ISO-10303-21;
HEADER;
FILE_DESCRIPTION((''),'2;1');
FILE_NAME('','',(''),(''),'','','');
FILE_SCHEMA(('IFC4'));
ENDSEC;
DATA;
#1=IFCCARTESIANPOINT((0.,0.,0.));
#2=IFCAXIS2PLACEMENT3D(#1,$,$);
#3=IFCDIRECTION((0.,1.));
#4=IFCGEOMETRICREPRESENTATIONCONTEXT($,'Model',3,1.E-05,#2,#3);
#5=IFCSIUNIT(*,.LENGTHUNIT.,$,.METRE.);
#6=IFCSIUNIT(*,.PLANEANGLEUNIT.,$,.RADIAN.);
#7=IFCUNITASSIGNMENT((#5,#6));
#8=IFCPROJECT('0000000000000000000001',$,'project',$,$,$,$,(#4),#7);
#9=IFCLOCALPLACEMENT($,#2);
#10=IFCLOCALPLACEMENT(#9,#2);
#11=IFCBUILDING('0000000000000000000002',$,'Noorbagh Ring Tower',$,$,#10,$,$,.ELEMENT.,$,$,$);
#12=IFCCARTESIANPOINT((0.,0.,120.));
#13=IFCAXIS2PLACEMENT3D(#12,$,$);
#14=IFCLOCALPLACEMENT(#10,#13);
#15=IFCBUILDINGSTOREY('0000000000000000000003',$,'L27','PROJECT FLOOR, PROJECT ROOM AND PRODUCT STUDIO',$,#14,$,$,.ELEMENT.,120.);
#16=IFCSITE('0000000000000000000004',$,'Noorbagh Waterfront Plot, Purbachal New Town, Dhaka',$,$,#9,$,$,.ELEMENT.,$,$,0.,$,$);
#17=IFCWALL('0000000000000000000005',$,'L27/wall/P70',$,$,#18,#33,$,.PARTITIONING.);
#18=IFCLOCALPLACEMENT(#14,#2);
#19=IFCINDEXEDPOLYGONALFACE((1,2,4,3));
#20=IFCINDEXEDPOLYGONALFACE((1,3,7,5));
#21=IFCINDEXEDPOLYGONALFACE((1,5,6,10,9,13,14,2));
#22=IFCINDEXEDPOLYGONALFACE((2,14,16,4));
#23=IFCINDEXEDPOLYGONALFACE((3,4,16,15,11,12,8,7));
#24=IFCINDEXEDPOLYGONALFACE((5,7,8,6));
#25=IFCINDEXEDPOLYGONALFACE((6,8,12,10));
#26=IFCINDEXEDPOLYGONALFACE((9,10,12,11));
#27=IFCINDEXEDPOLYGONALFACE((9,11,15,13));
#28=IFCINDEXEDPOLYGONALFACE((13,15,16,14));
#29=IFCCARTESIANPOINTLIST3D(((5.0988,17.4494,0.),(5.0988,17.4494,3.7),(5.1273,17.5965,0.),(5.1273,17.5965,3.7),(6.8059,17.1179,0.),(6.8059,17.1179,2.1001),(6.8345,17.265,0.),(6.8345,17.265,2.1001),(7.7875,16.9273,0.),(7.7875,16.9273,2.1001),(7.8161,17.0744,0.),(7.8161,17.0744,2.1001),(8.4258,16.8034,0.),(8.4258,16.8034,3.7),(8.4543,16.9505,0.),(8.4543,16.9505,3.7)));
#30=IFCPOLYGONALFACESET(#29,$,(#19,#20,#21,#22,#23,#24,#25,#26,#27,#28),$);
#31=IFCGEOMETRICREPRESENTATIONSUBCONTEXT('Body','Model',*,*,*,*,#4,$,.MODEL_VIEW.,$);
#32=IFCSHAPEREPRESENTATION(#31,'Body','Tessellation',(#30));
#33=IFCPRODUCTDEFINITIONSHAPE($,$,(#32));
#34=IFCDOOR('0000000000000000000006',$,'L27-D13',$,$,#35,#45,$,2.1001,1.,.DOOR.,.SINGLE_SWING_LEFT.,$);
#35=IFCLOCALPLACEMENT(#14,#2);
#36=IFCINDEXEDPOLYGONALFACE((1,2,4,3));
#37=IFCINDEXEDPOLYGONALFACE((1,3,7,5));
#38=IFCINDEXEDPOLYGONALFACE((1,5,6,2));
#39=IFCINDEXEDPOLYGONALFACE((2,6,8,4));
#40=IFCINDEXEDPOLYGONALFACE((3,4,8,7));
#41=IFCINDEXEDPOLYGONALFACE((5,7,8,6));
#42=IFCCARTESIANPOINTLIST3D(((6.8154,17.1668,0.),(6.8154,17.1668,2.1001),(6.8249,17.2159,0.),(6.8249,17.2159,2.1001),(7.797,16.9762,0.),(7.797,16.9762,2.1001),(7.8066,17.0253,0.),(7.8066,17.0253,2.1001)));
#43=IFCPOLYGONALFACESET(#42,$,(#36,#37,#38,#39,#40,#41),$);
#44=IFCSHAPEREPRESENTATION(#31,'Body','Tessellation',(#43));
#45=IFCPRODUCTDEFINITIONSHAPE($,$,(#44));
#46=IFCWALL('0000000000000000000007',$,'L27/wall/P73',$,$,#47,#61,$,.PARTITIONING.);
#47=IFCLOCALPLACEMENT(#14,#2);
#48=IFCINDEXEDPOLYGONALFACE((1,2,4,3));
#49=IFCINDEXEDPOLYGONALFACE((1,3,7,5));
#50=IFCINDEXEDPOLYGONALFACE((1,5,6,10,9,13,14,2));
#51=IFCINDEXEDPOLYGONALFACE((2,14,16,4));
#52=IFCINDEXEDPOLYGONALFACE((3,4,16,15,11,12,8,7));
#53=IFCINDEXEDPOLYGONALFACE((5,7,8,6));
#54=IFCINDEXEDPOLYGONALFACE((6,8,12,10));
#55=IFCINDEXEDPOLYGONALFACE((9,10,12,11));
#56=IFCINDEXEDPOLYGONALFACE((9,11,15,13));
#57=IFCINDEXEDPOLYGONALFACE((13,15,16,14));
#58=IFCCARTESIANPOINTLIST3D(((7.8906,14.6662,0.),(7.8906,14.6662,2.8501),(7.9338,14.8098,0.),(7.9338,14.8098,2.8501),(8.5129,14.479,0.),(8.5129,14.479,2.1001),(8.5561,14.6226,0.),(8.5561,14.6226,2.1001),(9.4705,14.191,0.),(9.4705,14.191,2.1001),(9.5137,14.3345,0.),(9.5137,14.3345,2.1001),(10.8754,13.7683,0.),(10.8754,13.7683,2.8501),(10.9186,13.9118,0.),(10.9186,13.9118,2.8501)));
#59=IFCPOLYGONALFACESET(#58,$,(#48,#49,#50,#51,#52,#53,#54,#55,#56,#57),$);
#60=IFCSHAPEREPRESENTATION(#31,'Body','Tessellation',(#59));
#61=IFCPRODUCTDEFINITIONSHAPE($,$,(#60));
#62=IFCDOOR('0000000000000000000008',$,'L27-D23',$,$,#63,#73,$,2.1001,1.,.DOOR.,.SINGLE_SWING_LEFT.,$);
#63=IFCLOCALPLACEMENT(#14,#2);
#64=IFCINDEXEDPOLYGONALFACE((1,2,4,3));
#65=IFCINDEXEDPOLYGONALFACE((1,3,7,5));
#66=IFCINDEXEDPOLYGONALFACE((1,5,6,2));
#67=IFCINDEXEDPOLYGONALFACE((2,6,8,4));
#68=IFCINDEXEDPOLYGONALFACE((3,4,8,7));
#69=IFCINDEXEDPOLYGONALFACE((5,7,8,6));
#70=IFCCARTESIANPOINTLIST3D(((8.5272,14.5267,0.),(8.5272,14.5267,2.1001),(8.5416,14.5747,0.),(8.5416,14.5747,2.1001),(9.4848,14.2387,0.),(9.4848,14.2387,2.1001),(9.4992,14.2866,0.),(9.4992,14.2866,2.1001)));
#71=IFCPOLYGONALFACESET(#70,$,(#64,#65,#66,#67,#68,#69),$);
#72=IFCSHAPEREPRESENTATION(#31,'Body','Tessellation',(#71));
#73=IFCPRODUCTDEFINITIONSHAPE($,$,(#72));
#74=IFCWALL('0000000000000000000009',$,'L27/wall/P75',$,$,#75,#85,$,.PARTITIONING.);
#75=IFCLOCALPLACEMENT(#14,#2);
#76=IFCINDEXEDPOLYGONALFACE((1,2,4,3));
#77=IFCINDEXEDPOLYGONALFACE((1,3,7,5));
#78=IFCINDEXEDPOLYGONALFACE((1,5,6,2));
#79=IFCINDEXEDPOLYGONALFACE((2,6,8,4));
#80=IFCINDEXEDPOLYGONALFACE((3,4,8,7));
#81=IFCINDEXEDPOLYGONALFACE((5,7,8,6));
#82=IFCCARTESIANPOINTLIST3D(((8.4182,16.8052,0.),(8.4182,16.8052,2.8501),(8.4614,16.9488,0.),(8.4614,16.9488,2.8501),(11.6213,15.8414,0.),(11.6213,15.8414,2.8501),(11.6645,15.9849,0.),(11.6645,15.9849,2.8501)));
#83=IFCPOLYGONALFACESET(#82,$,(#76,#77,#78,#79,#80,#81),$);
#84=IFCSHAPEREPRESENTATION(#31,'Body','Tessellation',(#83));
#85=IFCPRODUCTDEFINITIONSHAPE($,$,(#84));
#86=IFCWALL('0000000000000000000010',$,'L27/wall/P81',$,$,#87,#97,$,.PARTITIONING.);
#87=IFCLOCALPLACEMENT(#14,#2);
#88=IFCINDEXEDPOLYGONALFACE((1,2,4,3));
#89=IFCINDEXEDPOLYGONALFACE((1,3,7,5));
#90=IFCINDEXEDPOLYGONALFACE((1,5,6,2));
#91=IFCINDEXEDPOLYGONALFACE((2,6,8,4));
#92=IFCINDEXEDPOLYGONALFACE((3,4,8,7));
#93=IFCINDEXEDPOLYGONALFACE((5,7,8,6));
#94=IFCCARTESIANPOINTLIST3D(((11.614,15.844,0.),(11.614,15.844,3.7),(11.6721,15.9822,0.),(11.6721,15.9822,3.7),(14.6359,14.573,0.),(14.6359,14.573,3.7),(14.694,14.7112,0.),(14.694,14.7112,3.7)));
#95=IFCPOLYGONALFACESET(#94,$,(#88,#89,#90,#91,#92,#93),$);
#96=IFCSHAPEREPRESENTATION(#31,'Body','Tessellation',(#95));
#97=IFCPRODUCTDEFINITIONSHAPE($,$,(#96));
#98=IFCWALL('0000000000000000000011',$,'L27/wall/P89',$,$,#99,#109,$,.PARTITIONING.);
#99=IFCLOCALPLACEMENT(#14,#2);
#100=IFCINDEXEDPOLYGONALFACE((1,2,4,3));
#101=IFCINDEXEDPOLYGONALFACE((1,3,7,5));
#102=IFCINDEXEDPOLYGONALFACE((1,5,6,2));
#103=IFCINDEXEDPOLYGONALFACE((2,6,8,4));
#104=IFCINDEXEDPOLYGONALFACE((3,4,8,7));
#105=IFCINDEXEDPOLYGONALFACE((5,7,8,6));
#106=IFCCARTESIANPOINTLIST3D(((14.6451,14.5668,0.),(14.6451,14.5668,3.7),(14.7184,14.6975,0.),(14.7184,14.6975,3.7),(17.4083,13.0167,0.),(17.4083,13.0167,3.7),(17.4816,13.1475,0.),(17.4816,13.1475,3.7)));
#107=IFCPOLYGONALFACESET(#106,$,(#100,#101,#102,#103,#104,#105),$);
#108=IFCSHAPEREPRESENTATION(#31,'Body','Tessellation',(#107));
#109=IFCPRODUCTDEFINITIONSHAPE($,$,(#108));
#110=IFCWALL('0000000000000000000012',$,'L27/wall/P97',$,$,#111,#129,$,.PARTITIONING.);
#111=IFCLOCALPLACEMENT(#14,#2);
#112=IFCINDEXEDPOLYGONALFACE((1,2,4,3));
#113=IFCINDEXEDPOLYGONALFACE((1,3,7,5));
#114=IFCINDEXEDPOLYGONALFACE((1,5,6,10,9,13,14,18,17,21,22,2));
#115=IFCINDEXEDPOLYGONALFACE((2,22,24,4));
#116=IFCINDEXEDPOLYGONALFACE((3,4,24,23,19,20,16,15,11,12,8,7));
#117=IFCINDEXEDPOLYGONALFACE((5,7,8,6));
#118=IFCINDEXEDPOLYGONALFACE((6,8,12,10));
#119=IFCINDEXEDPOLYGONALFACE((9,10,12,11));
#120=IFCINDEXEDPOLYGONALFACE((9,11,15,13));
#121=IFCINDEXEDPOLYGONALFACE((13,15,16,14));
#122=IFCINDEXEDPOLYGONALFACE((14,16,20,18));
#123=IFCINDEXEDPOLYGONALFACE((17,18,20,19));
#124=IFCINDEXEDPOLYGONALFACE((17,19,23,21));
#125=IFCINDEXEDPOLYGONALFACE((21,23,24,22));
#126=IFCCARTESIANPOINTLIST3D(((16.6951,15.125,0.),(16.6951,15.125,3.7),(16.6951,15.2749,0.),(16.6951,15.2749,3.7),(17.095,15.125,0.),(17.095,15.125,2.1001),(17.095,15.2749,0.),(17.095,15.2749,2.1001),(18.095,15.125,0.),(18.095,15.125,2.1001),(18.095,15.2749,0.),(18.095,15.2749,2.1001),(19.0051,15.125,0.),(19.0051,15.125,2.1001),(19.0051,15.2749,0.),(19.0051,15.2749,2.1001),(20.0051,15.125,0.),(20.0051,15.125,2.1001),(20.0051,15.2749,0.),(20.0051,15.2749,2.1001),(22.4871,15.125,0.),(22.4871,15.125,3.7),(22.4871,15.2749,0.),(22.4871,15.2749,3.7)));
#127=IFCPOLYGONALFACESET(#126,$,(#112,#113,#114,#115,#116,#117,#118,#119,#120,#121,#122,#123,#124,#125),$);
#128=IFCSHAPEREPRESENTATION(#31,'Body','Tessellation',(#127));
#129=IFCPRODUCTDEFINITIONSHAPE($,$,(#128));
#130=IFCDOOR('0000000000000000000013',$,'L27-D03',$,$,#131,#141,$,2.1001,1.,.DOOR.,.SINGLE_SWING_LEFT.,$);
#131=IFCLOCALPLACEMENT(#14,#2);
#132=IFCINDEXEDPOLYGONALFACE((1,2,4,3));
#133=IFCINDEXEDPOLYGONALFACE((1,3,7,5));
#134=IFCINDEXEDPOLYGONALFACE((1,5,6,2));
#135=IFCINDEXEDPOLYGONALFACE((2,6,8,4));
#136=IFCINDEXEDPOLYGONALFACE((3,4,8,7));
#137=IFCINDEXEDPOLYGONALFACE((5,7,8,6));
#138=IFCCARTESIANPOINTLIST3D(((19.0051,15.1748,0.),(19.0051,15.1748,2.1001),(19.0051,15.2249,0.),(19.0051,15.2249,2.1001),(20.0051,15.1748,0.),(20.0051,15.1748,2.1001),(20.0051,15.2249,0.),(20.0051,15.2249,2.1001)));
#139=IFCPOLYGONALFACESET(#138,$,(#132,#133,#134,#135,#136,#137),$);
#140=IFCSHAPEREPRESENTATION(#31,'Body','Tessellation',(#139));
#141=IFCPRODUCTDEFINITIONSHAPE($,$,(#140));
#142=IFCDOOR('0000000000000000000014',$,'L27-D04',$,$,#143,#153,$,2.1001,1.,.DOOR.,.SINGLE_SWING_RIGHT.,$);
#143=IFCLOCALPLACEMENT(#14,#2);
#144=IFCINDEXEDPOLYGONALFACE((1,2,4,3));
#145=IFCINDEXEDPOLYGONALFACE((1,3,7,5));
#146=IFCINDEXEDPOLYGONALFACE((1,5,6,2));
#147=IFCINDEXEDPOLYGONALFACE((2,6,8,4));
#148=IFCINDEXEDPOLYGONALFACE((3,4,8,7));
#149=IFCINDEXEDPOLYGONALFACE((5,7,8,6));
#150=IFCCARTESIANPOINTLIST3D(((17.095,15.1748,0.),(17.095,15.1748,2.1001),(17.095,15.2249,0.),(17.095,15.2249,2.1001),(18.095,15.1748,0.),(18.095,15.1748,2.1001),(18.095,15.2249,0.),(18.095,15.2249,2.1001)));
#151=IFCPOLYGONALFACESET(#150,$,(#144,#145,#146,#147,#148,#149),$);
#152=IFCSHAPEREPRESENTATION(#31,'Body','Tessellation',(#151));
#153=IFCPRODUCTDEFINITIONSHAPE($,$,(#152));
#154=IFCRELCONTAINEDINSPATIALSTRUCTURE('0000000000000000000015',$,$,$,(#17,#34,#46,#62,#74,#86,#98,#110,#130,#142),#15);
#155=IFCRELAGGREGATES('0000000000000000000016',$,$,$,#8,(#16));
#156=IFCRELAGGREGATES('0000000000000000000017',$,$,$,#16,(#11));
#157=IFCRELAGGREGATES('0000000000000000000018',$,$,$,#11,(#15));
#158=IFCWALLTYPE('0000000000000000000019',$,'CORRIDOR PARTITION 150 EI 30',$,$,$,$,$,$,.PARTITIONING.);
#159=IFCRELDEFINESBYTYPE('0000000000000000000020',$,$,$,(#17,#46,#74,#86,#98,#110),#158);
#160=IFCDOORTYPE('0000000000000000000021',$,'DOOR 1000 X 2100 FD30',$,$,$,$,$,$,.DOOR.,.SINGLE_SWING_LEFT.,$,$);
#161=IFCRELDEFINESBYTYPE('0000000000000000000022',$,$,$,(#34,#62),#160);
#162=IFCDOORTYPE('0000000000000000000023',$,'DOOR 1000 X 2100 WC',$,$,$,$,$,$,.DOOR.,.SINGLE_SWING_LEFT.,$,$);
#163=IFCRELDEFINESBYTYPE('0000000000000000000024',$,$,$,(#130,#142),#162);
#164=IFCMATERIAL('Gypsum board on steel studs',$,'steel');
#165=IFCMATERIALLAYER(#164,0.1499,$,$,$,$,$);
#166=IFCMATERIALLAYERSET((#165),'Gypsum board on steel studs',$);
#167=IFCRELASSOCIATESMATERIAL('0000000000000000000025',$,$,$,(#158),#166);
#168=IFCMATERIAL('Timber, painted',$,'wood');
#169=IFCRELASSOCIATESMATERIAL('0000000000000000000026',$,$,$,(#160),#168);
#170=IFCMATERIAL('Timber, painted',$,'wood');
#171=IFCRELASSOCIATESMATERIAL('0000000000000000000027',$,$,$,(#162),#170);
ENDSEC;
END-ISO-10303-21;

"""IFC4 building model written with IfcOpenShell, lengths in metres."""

from ifc_helpers import new_model, si_unit, direction, frame, frame_2d, origin, place, context, subcontext, project, spatial, rectangle, extrude, material, layer, layer_set, type_object, element, fill, save


model = new_model("IFC4")

# Units and contexts
model_context = context("Model", 3, precision=1e-05, world=origin(), true_north=direction((0.0, 1.0)))
body_context = subcontext(model_context, "Body", "Model", "MODEL_VIEW")
ifc_project = project(units=[si_unit("LENGTHUNIT", "METRE"), si_unit("PLANEANGLEUNIT", "RADIAN")], contexts=[model_context])

# Site, building, storey
site_placement = place(None, origin())
site = spatial("IfcSite", under=ifc_project, at=site_placement, Name="Noorbagh Waterfront Plot, Purbachal New Town, Dhaka", CompositionType="ELEMENT", RefElevation=0.0)
building_placement = place(site_placement, origin())
building = spatial("IfcBuilding", under=site, at=building_placement, Name="Noorbagh Ring Tower", CompositionType="ELEMENT")
storey_placement = place(building_placement, frame((0.0, 0.0, 120.0)))
storey = spatial("IfcBuildingStorey", under=building, at=storey_placement, Name="L27", Description="PROJECT FLOOR, PROJECT ROOM AND PRODUCT STUDIO", CompositionType="ELEMENT", Elevation=120.0)

# Shared definitions
ifc_material_1 = material(Name="Gypsum board on steel studs", Category="steel")
ifc_layer_1 = layer(ifc_material_1, 0.1499)
ifc_layer_set_1 = layer_set([ifc_layer_1], Name="Gypsum board on steel studs")
wall_type_1 = type_object("IfcWallType", Name="CORRIDOR PARTITION 150 EI 30", PredefinedType="PARTITIONING", material=ifc_layer_set_1)

# Walls, openings, doors
wall_1_placement = place(storey_placement, frame((5.113, 17.5229, 0.0), z_axis=(0.0, 0.0, 1.0), x_axis=(0.981665, -0.190613, 0.0)))
wall_1 = element("IfcWall", 1, at=wall_1_placement, inside=storey, type_object=wall_type_1, Name="L27/wall/P70", PredefinedType="PARTITIONING", context=body_context, shape_type="SweptSolid", body=[
    extrude(rectangle(XDim=3.3892, YDim=0.1499, at=frame_2d((1.6946, 0.0))), origin(), (0.0, 0.0, 1.0), 3.7),
])
opening_1_placement = place(wall_1_placement, frame((1.739, 0.0, 0.0)))
opening_1 = element("IfcOpeningElement", 2, at=opening_1_placement, cuts=wall_1, PredefinedType="OPENING", context=body_context, shape_type="SweptSolid", body=[
    extrude(rectangle(XDim=1.0, YDim=2.1001, at=frame_2d((0.5, 1.05))), frame((0.0, 0.085, 0.0), z_axis=(0.0, -1.0, 0.0), x_axis=(1.0, 0.0, 0.0)), (0.0, 0.0, 1.0), 0.1699),
])
ifc_material_2 = material(Name="Timber, painted", Category="wood")
door_type_1 = type_object("IfcDoorType", Name="DOOR 1000 X 2100 FD30", OperationType="SINGLE_SWING_LEFT", PredefinedType="DOOR", material=ifc_material_2)
door_1_placement = place(opening_1_placement, origin())
door_1 = element("IfcDoor", 3, at=door_1_placement, inside=storey, type_object=door_type_1, Name="L27-D13", OperationType="SINGLE_SWING_LEFT", OverallHeight=2.1001, OverallWidth=1.0, PredefinedType="DOOR", context=body_context, shape_type="SweptSolid", body=[
    extrude(rectangle(XDim=1.0, YDim=2.1001, at=frame_2d((0.5, 1.05))), frame((0.0, 0.0249, 0.0), z_axis=(0.0, -1.0, 0.0), x_axis=(1.0, 0.0, 0.0)), (0.0, 0.0, 1.0), 0.05),
])
fill(opening_1, door_1)
wall_2_placement = place(storey_placement, frame((7.9121, 14.738, 0.0), z_axis=(0.0, 0.0, 1.0), x_axis=(0.957606, -0.288081, 0.0)))
wall_2 = element("IfcWall", 4, at=wall_2_placement, inside=storey, type_object=wall_type_1, Name="L27/wall/P73", PredefinedType="PARTITIONING", context=body_context, shape_type="SweptSolid", body=[
    extrude(rectangle(XDim=3.1169, YDim=0.1499, at=frame_2d((1.5586, 0.0))), origin(), (0.0, 0.0, 1.0), 2.8501),
])
opening_2_placement = place(wall_2_placement, frame((0.6499, 0.0, 0.0)))
opening_2 = element("IfcOpeningElement", 5, at=opening_2_placement, cuts=wall_2, PredefinedType="OPENING", context=body_context, shape_type="SweptSolid", body=[
    extrude(rectangle(XDim=1.0, YDim=2.1001, at=frame_2d((0.5, 1.05))), frame((0.0, 0.085, 0.0), z_axis=(0.0, -1.0, 0.0), x_axis=(1.0, 0.0, 0.0)), (0.0, 0.0, 1.0), 0.1699),
])
door_2_placement = place(opening_2_placement, origin())
door_2 = element("IfcDoor", 6, at=door_2_placement, inside=storey, type_object=door_type_1, Name="L27-D23", OperationType="SINGLE_SWING_LEFT", OverallHeight=2.1001, OverallWidth=1.0, PredefinedType="DOOR", context=body_context, shape_type="SweptSolid", body=[
    extrude(rectangle(XDim=1.0, YDim=2.1001, at=frame_2d((0.5, 1.05))), frame((0.0, 0.0249, 0.0), z_axis=(0.0, -1.0, 0.0), x_axis=(1.0, 0.0, 0.0)), (0.0, 0.0, 1.0), 0.05),
])
fill(opening_2, door_2)

# Walls
wall_3_placement = place(storey_placement, frame((8.4399, 16.877, 0.0), z_axis=(0.0, 0.0, 1.0), x_axis=(0.957585, -0.288151, 0.0)))
element("IfcWall", 7, at=wall_3_placement, inside=storey, type_object=wall_type_1, Name="L27/wall/P75", PredefinedType="PARTITIONING", context=body_context, shape_type="SweptSolid", body=[
    extrude(rectangle(XDim=3.345, YDim=0.1499, at=frame_2d((1.6724, 0.0))), origin(), (0.0, 0.0, 1.0), 2.8501),
])
wall_4_placement = place(storey_placement, frame((11.6431, 15.9131, 0.0), z_axis=(0.0, 0.0, 1.0), x_axis=(0.921789, -0.387691, 0.0)))
element("IfcWall", 8, at=wall_4_placement, inside=storey, type_object=wall_type_1, Name="L27/wall/P81", PredefinedType="PARTITIONING", context=body_context, shape_type="SweptSolid", body=[
    extrude(rectangle(XDim=3.2783, YDim=0.1499, at=frame_2d((1.6392, 0.0))), origin(), (0.0, 0.0, 1.0), 3.7),
])
wall_5_placement = place(storey_placement, frame((14.6819, 14.6321, 0.0), z_axis=(0.0, 0.0, 1.0), x_axis=(0.872147, -0.489244, 0.0)))
element("IfcWall", 9, at=wall_5_placement, inside=storey, type_object=wall_type_1, Name="L27/wall/P89", PredefinedType="PARTITIONING", context=body_context, shape_type="SweptSolid", body=[
    extrude(rectangle(XDim=3.1682, YDim=0.1499, at=frame_2d((1.584, 0.0))), origin(), (0.0, 0.0, 1.0), 3.7),
])

# Wall, openings, doors
wall_6_placement = place(storey_placement, frame((16.6951, 15.2, 0.0), z_axis=(0.0, 0.0, 1.0), x_axis=(1.0, 0.0, 0.0)))
wall_6 = element("IfcWall", 10, at=wall_6_placement, inside=storey, type_object=wall_type_1, Name="L27/wall/P97", PredefinedType="PARTITIONING", context=body_context, shape_type="SweptSolid", body=[
    extrude(rectangle(XDim=5.792, YDim=0.1499, at=frame_2d((2.896, 0.0))), origin(), (0.0, 0.0, 1.0), 3.7),
])
opening_3_placement = place(wall_6_placement, frame((2.3101, 0.0, 0.0)))
opening_3 = element("IfcOpeningElement", 11, at=opening_3_placement, cuts=wall_6, PredefinedType="OPENING", context=body_context, shape_type="SweptSolid", body=[
    extrude(rectangle(XDim=1.0, YDim=2.1001, at=frame_2d((0.5, 1.05))), frame((0.0, 0.085, 0.0), z_axis=(0.0, -1.0, 0.0), x_axis=(1.0, 0.0, 0.0)), (0.0, 0.0, 1.0), 0.1699),
])
opening_4_placement = place(wall_6_placement, frame((0.3999, 0.0, 0.0)))
opening_4 = element("IfcOpeningElement", 12, at=opening_4_placement, cuts=wall_6, PredefinedType="OPENING", context=body_context, shape_type="SweptSolid", body=[
    extrude(rectangle(XDim=1.0, YDim=2.1001, at=frame_2d((0.5, 1.05))), frame((0.0, 0.085, 0.0), z_axis=(0.0, -1.0, 0.0), x_axis=(1.0, 0.0, 0.0)), (0.0, 0.0, 1.0), 0.1699),
])
ifc_material_3 = material(Name="Timber, painted", Category="wood")
door_type_2 = type_object("IfcDoorType", Name="DOOR 1000 X 2100 WC", OperationType="SINGLE_SWING_LEFT", PredefinedType="DOOR", material=ifc_material_3)
door_3_placement = place(opening_3_placement, origin())
door_3 = element("IfcDoor", 13, at=door_3_placement, inside=storey, type_object=door_type_2, Name="L27-D03", OperationType="SINGLE_SWING_LEFT", OverallHeight=2.1001, OverallWidth=1.0, PredefinedType="DOOR", context=body_context, shape_type="SweptSolid", body=[
    extrude(rectangle(XDim=1.0, YDim=2.1001, at=frame_2d((0.5, 1.05))), frame((0.0, 0.0249, 0.0), z_axis=(0.0, -1.0, 0.0), x_axis=(1.0, 0.0, 0.0)), (0.0, 0.0, 1.0), 0.05),
])
fill(opening_3, door_3)
door_4_placement = place(opening_4_placement, origin())
door_4 = element("IfcDoor", 14, at=door_4_placement, inside=storey, type_object=door_type_2, Name="L27-D04", OperationType="SINGLE_SWING_RIGHT", OverallHeight=2.1001, OverallWidth=1.0, PredefinedType="DOOR", context=body_context, shape_type="SweptSolid", body=[
    extrude(rectangle(XDim=1.0, YDim=2.1001, at=frame_2d((0.5, 1.05))), frame((0.0, 0.0249, 0.0), z_axis=(0.0, -1.0, 0.0), x_axis=(1.0, 0.0, 0.0)), (0.0, 0.0, 1.0), 0.05),
])
fill(opening_4, door_4)

save(model, "model.ifc")
